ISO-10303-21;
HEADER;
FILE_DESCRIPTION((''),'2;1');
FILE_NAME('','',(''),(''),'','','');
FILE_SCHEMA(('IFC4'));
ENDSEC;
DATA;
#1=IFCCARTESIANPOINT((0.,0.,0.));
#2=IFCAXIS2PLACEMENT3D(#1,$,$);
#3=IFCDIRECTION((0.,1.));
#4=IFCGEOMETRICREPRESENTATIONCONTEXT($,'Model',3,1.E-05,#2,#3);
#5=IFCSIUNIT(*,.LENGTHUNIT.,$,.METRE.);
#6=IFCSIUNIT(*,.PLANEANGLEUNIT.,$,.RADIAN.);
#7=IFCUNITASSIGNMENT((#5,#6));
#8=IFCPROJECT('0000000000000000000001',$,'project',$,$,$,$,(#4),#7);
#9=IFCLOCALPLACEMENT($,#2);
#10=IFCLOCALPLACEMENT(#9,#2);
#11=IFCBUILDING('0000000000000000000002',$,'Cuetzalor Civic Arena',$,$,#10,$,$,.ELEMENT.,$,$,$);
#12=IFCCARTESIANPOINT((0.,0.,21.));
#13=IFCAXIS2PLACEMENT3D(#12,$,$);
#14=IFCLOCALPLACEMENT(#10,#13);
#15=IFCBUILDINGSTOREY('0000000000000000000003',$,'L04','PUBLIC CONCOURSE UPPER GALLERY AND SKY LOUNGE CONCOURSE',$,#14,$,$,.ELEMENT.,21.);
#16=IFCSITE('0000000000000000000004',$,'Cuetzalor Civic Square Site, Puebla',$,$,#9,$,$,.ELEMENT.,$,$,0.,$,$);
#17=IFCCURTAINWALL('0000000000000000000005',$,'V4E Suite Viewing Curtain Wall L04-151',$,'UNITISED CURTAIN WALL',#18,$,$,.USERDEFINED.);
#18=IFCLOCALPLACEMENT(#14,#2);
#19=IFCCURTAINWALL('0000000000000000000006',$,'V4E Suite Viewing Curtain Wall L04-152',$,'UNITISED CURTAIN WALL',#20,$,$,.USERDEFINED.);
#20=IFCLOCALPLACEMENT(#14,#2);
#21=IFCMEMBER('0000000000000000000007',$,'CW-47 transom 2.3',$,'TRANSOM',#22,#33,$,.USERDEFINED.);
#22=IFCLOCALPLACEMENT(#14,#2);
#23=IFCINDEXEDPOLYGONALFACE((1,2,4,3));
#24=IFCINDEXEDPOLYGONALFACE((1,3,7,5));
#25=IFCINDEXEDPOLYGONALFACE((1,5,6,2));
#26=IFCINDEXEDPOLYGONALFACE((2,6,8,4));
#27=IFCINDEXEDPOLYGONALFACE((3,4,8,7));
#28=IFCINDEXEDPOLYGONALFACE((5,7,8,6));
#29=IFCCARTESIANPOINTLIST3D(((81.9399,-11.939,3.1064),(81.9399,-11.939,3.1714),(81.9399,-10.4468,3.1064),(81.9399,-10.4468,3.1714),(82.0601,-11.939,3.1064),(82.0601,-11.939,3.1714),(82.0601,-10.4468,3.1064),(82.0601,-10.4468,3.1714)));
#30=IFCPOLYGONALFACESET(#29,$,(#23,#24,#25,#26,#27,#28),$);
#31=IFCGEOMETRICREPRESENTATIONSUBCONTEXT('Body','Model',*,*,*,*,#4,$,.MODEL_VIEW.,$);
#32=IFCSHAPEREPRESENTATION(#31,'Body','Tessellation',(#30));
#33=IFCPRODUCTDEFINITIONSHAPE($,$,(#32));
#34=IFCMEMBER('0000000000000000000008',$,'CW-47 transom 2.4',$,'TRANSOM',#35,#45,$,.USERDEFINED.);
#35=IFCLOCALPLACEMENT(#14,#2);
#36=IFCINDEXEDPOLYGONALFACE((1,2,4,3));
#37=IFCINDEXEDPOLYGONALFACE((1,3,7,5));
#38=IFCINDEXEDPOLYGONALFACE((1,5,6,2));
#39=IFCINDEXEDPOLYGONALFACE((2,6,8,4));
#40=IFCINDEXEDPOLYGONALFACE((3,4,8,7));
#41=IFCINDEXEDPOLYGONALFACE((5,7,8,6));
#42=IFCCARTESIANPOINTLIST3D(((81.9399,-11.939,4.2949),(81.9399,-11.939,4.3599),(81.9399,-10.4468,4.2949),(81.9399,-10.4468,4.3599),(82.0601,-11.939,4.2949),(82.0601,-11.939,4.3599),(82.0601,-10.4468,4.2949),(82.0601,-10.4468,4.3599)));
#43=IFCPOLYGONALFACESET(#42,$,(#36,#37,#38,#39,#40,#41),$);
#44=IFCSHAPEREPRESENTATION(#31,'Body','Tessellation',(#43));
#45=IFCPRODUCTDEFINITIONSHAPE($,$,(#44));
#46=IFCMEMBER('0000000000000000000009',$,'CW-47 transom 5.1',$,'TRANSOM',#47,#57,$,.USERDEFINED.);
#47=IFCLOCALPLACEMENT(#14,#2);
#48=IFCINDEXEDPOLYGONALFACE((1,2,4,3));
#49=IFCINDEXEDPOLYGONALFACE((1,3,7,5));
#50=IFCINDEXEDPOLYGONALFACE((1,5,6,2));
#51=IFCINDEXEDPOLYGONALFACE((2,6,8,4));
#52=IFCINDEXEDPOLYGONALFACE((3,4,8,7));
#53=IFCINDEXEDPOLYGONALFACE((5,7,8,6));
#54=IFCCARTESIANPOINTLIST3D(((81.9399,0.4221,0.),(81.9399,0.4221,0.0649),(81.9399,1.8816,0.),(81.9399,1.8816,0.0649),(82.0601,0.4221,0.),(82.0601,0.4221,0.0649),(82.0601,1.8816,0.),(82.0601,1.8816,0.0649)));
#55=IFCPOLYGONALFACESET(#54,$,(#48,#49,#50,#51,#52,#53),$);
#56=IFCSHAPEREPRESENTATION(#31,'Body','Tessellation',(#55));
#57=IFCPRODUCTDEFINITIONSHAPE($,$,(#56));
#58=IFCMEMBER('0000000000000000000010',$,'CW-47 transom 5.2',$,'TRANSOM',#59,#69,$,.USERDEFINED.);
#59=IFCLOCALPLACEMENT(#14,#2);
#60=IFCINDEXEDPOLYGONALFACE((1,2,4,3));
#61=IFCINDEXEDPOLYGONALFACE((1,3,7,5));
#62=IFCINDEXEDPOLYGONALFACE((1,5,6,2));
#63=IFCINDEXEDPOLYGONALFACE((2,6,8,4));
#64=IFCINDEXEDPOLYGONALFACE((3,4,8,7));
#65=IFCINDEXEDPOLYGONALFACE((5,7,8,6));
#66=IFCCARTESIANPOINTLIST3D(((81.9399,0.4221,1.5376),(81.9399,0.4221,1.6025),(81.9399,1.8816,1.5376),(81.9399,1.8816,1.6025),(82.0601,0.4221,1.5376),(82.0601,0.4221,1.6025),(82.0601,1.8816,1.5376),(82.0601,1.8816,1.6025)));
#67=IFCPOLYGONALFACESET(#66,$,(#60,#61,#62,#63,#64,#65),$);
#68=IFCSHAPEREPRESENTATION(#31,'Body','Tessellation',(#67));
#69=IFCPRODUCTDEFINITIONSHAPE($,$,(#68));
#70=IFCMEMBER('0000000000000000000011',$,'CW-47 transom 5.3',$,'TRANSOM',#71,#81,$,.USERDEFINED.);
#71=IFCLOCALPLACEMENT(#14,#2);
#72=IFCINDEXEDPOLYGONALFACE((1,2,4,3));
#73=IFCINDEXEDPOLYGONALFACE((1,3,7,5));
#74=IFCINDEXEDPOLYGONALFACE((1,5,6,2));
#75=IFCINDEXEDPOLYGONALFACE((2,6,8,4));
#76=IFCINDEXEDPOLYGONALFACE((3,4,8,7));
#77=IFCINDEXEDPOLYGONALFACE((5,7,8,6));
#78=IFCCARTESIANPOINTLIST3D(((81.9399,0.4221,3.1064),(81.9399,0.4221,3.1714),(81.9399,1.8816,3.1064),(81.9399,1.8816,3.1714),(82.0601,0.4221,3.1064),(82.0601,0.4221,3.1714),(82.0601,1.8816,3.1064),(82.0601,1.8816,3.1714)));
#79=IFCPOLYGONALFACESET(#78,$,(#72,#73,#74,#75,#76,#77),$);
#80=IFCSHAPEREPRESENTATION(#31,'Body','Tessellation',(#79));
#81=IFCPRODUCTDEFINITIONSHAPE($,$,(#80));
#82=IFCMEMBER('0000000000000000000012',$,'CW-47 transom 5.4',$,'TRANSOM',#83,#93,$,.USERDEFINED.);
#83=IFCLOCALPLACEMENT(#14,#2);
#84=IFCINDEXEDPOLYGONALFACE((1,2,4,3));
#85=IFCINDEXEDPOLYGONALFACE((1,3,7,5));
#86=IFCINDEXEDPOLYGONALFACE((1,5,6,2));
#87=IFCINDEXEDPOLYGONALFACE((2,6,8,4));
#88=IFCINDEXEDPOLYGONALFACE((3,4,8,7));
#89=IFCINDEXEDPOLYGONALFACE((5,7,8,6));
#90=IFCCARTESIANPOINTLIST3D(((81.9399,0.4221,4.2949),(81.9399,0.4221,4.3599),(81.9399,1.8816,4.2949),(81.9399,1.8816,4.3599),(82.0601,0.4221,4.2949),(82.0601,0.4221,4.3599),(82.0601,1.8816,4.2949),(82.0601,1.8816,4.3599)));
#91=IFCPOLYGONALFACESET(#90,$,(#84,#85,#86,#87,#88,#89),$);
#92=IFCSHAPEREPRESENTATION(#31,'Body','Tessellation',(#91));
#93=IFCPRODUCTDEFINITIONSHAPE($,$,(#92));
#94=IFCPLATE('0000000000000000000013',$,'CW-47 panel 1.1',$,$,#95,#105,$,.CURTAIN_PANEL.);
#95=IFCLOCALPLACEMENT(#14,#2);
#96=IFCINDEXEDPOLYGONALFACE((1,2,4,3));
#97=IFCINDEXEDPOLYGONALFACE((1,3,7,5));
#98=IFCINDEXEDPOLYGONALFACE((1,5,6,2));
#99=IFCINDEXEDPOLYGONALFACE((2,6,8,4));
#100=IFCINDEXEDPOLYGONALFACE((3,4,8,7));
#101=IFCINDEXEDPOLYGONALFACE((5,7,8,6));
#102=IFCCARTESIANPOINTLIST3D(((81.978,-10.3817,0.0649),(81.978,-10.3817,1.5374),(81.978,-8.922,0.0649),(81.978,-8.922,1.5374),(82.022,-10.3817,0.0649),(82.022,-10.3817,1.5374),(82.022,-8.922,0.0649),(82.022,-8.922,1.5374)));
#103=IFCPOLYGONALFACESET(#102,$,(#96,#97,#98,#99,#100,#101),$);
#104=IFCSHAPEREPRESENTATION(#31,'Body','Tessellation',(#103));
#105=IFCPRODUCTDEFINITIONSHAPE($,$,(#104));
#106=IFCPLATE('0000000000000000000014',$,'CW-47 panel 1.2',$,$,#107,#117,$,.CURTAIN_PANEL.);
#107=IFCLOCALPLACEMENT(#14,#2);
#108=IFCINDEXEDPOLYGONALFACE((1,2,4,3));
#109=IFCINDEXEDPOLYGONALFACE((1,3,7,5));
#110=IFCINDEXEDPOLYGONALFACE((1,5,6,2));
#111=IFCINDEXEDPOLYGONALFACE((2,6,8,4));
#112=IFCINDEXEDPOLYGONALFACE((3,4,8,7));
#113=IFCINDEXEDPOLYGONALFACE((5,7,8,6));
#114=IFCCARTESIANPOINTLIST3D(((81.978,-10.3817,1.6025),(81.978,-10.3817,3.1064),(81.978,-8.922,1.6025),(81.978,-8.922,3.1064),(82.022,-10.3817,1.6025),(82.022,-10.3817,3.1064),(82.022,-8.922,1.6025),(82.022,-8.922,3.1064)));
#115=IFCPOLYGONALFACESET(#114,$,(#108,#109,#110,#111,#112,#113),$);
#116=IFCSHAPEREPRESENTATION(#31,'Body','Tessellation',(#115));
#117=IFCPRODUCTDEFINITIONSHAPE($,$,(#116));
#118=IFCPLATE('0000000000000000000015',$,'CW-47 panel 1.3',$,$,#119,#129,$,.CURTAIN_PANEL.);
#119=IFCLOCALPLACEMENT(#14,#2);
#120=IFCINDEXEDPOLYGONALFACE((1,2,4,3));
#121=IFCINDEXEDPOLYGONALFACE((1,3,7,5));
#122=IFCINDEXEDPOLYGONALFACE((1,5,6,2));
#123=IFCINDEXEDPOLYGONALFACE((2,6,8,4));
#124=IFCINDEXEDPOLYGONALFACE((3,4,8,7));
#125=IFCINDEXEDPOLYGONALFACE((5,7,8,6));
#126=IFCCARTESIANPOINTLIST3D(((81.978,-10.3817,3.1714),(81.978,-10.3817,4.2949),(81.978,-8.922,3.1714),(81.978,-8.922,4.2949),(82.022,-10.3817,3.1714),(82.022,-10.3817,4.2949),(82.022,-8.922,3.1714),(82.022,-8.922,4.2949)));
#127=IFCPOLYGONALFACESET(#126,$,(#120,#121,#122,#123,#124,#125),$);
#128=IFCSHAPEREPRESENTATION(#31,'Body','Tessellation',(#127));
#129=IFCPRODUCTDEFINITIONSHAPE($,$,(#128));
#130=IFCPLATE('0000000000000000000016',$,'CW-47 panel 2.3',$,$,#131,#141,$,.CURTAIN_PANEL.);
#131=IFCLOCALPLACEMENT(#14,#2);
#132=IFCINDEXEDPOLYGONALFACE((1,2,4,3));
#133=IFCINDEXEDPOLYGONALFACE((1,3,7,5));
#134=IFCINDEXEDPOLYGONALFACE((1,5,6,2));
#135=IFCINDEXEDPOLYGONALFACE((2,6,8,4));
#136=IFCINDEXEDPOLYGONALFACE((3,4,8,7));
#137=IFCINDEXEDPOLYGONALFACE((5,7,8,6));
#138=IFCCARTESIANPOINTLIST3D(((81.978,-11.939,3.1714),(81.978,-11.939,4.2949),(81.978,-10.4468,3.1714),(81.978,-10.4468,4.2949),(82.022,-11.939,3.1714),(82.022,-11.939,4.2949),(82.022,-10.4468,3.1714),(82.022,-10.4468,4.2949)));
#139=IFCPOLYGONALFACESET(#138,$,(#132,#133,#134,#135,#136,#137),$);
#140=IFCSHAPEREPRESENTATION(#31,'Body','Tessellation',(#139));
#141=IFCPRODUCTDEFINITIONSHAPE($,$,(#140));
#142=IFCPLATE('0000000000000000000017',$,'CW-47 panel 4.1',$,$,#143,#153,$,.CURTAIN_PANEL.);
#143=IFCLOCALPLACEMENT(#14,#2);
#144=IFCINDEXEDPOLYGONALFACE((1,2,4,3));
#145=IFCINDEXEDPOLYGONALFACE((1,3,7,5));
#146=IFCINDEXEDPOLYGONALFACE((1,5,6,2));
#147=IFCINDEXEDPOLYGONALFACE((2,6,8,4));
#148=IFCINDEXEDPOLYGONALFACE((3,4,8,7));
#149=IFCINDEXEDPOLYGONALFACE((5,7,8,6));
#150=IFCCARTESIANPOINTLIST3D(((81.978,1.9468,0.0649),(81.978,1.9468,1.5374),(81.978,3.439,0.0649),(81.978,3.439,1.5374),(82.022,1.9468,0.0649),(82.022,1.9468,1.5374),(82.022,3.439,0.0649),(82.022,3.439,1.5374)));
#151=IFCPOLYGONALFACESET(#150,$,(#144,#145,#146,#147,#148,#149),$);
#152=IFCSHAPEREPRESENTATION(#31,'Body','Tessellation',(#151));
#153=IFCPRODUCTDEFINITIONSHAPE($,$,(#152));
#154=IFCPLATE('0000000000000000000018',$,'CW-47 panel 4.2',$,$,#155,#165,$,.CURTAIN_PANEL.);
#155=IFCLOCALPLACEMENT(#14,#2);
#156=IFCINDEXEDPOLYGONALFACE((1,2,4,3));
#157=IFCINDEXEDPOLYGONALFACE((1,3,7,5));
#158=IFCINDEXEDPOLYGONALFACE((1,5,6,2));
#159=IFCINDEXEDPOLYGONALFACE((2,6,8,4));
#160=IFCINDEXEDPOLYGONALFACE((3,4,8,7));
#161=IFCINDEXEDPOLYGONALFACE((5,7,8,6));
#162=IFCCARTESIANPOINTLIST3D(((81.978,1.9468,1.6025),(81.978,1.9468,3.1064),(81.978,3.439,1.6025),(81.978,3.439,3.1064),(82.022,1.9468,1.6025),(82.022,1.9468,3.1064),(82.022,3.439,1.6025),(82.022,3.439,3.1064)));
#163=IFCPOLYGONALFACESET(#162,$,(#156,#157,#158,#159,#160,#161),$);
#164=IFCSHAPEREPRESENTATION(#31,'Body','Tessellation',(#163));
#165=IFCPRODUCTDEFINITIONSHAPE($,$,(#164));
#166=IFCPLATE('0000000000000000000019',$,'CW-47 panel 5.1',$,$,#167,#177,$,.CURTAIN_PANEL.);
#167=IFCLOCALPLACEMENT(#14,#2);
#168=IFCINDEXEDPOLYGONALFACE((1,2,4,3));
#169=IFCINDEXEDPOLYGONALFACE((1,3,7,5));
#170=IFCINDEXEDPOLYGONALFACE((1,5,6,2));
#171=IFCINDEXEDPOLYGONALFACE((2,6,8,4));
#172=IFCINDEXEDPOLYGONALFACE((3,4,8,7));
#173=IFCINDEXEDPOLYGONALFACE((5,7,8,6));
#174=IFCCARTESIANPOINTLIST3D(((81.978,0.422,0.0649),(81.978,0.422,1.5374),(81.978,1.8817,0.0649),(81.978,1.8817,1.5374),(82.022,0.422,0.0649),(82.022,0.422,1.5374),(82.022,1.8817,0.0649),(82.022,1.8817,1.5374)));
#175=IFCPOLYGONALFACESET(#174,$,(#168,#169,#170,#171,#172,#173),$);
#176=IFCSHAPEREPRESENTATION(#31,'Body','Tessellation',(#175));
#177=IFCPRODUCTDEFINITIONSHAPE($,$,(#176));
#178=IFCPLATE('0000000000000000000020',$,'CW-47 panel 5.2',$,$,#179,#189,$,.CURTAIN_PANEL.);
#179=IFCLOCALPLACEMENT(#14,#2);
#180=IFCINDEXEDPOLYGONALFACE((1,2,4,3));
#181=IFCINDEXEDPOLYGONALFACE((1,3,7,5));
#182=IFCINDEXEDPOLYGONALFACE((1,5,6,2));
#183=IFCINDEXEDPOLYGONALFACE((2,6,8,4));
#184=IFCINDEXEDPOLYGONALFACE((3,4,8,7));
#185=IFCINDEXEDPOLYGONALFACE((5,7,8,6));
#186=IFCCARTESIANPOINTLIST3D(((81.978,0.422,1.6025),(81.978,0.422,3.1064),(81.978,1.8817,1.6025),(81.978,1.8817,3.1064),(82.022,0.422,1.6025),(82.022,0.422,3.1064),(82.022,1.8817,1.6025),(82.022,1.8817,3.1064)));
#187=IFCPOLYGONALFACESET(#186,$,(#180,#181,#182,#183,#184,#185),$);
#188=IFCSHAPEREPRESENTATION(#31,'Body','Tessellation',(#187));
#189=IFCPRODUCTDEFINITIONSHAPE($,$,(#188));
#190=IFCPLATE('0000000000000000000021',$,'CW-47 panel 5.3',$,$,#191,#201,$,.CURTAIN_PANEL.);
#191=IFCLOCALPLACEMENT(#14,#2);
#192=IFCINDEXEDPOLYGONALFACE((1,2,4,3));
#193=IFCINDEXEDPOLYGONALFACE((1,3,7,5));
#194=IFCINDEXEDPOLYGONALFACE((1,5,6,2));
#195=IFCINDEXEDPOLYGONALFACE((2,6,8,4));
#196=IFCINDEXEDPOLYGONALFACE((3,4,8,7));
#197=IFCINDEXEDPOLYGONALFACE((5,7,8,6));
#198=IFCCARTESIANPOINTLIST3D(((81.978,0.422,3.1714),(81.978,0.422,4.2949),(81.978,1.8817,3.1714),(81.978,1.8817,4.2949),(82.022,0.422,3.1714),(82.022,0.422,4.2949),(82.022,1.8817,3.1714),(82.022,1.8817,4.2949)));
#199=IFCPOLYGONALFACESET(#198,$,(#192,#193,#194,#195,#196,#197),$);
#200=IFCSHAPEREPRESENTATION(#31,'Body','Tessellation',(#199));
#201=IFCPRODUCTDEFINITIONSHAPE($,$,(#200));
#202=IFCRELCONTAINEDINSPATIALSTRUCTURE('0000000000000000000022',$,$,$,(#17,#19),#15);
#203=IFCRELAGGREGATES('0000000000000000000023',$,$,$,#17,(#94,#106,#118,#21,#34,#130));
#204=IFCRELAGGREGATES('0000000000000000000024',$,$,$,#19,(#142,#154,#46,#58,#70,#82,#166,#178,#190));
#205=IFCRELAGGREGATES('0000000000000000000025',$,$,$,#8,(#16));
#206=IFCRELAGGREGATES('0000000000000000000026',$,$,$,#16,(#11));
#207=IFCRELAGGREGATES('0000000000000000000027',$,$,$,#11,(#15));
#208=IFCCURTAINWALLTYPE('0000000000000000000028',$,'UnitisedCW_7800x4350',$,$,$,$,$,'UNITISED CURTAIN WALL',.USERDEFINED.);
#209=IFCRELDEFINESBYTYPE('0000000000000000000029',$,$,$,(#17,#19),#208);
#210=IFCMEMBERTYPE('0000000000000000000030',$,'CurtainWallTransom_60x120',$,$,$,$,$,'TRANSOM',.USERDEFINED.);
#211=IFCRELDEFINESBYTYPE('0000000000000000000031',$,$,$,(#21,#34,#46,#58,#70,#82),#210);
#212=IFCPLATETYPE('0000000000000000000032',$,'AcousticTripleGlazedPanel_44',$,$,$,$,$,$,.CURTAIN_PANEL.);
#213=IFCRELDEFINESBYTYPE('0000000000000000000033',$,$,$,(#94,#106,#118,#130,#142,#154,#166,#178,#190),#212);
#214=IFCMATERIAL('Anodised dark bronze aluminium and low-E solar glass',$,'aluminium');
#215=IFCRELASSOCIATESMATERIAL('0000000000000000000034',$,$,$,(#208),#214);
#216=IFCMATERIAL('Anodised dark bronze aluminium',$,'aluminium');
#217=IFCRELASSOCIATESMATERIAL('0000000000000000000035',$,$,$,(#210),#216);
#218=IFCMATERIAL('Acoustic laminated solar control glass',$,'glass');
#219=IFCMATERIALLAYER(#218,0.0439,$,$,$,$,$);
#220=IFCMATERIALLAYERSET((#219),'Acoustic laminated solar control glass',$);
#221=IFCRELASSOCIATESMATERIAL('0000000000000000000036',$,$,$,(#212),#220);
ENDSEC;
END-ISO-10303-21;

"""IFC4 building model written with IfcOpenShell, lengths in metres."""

from ifc_helpers import new_model, si_unit, direction, frame, origin, origin_2d, place, context, subcontext, project, spatial, rectangle, extrude, material, layer, layer_set, material_profile, profile_set, type_object, element, aggregate, save


model = new_model("IFC4")

# Units and contexts
model_context = context("Model", 3, precision=1e-05, world=origin(), true_north=direction((0.0, 1.0)))
body_context = subcontext(model_context, "Body", "Model", "MODEL_VIEW")
ifc_project = project(units=[si_unit("LENGTHUNIT", "METRE"), si_unit("PLANEANGLEUNIT", "RADIAN")], contexts=[model_context])

# Site, building, storey
site_placement = place(None, origin())
site = spatial("IfcSite", under=ifc_project, at=site_placement, Name="Cuetzalor Civic Square Site, Puebla", CompositionType="ELEMENT", RefElevation=0.0)
building_placement = place(site_placement, origin())
building = spatial("IfcBuilding", under=site, at=building_placement, Name="Cuetzalor Civic Arena", CompositionType="ELEMENT")
storey_placement = place(building_placement, frame((0.0, 0.0, 21.0)))
storey = spatial("IfcBuildingStorey", under=building, at=storey_placement, Name="L04", Description="PUBLIC CONCOURSE UPPER GALLERY AND SKY LOUNGE CONCOURSE", CompositionType="ELEMENT", Elevation=21.0)

# Curtain walls
ifc_material_1 = material(Name="Anodised dark bronze aluminium and low-E solar glass", Category="aluminium")
curtain_wall_type = type_object("IfcCurtainWallType", Name="UnitisedCW_7800x4350", ElementType="UNITISED CURTAIN WALL", PredefinedType="USERDEFINED", material=ifc_material_1)
curtain_wall_1_placement = place(storey_placement, origin())
curtain_wall_1 = element("IfcCurtainWall", 1, at=curtain_wall_1_placement, inside=storey, type_object=curtain_wall_type, Name="V4E Suite Viewing Curtain Wall L04-151", ObjectType="UNITISED CURTAIN WALL", PredefinedType="USERDEFINED")
curtain_wall_2_placement = place(storey_placement, origin())
curtain_wall_2 = element("IfcCurtainWall", 2, at=curtain_wall_2_placement, inside=storey, type_object=curtain_wall_type, Name="V4E Suite Viewing Curtain Wall L04-152", ObjectType="UNITISED CURTAIN WALL", PredefinedType="USERDEFINED")

# Members
ifc_material_2 = material(Name="Anodised dark bronze aluminium", Category="aluminium")
ifc_material_profile_1 = material_profile(ifc_material_2, rectangle(XDim=0.1201, YDim=0.0649, at=origin_2d()), Name="ALU TRANSOM 65x120")
ifc_profile_set_1 = profile_set([ifc_material_profile_1], Name="Anodised dark bronze aluminium")
member_type_1 = type_object("IfcMemberType", Name="CurtainWallTransom_60x120", ElementType="TRANSOM", PredefinedType="USERDEFINED", material=ifc_profile_set_1)
member_1_placement = place(storey_placement, frame((82.0, -10.4468, 3.1389), z_axis=(0.0, -1.0, 0.0), x_axis=(1.0, 0.0, 0.0)))
member_1 = element("IfcMember", 3, at=member_1_placement, type_object=member_type_1, Name="CW-47 transom 2.3", ObjectType="TRANSOM", PredefinedType="USERDEFINED", context=body_context, shape_type="SweptSolid", body=[
    extrude(rectangle(XDim=0.1201, YDim=0.0649, at=origin_2d()), origin(), (0.0, 0.0, 1.0), 1.4922),
])
member_2_placement = place(storey_placement, frame((82.0, -10.4468, 4.3274), z_axis=(0.0, -1.0, 0.0), x_axis=(1.0, 0.0, 0.0)))
member_2 = element("IfcMember", 4, at=member_2_placement, type_object=member_type_1, Name="CW-47 transom 2.4", ObjectType="TRANSOM", PredefinedType="USERDEFINED", context=body_context, shape_type="SweptSolid", body=[
    extrude(rectangle(XDim=0.1201, YDim=0.0649, at=origin_2d()), origin(), (0.0, 0.0, 1.0), 1.4922),
])
member_3_placement = place(storey_placement, frame((82.0, 1.8816, 0.0325), z_axis=(0.0, -1.0, 0.0), x_axis=(1.0, 0.0, 0.0)))
member_3 = element("IfcMember", 5, at=member_3_placement, type_object=member_type_1, Name="CW-47 transom 5.1", ObjectType="TRANSOM", PredefinedType="USERDEFINED", context=body_context, shape_type="SweptSolid", body=[
    extrude(rectangle(XDim=0.1201, YDim=0.0649, at=origin_2d()), origin(), (0.0, 0.0, 1.0), 1.4595),
])
member_4_placement = place(storey_placement, frame((82.0, 1.8816, 1.5701), z_axis=(0.0, -1.0, 0.0), x_axis=(1.0, 0.0, 0.0)))
member_4 = element("IfcMember", 6, at=member_4_placement, type_object=member_type_1, Name="CW-47 transom 5.2", ObjectType="TRANSOM", PredefinedType="USERDEFINED", context=body_context, shape_type="SweptSolid", body=[
    extrude(rectangle(XDim=0.1201, YDim=0.0649, at=origin_2d()), origin(), (0.0, 0.0, 1.0), 1.4595),
])
member_5_placement = place(storey_placement, frame((82.0, 1.8816, 3.1389), z_axis=(0.0, -1.0, 0.0), x_axis=(1.0, 0.0, 0.0)))
member_5 = element("IfcMember", 7, at=member_5_placement, type_object=member_type_1, Name="CW-47 transom 5.3", ObjectType="TRANSOM", PredefinedType="USERDEFINED", context=body_context, shape_type="SweptSolid", body=[
    extrude(rectangle(XDim=0.1201, YDim=0.0649, at=origin_2d()), origin(), (0.0, 0.0, 1.0), 1.4595),
])
member_6_placement = place(storey_placement, frame((82.0, 1.8816, 4.3274), z_axis=(0.0, -1.0, 0.0), x_axis=(1.0, 0.0, 0.0)))
member_6 = element("IfcMember", 8, at=member_6_placement, type_object=member_type_1, Name="CW-47 transom 5.4", ObjectType="TRANSOM", PredefinedType="USERDEFINED", context=body_context, shape_type="SweptSolid", body=[
    extrude(rectangle(XDim=0.1201, YDim=0.0649, at=origin_2d()), origin(), (0.0, 0.0, 1.0), 1.4595),
])

# Plates
ifc_material_3 = material(Name="Acoustic laminated solar control glass", Category="glass")
ifc_layer_1 = layer(ifc_material_3, 0.0439)
ifc_layer_set_1 = layer_set([ifc_layer_1], Name="Acoustic laminated solar control glass")
plate_type = type_object("IfcPlateType", Name="AcousticTripleGlazedPanel_44", PredefinedType="CURTAIN_PANEL", material=ifc_layer_set_1)
plate_1_placement = place(storey_placement, frame((82.0, -9.6519, 0.0649), z_axis=(0.0, 0.0, 1.0), x_axis=(0.0, -1.0, 0.0)))
plate_1 = element("IfcPlate", 9, at=plate_1_placement, type_object=plate_type, Name="CW-47 panel 1.1", PredefinedType="CURTAIN_PANEL", context=body_context, shape_type="SweptSolid", body=[
    extrude(rectangle(XDim=1.4597, YDim=0.0439, at=origin_2d()), origin(), (0.0, 0.0, 1.0), 1.4724),
])
plate_2_placement = place(storey_placement, frame((82.0, -9.6519, 1.6025), z_axis=(0.0, 0.0, 1.0), x_axis=(0.0, -1.0, 0.0)))
plate_2 = element("IfcPlate", 10, at=plate_2_placement, type_object=plate_type, Name="CW-47 panel 1.2", PredefinedType="CURTAIN_PANEL", context=body_context, shape_type="SweptSolid", body=[
    extrude(rectangle(XDim=1.4597, YDim=0.0439, at=origin_2d()), origin(), (0.0, 0.0, 1.0), 1.5039),
])
plate_3_placement = place(storey_placement, frame((82.0, -9.6519, 3.1714), z_axis=(0.0, 0.0, 1.0), x_axis=(0.0, -1.0, 0.0)))
plate_3 = element("IfcPlate", 11, at=plate_3_placement, type_object=plate_type, Name="CW-47 panel 1.3", PredefinedType="CURTAIN_PANEL", context=body_context, shape_type="SweptSolid", body=[
    extrude(rectangle(XDim=1.4597, YDim=0.0439, at=origin_2d()), origin(), (0.0, 0.0, 1.0), 1.1235),
])
plate_4_placement = place(storey_placement, frame((82.0, -11.1929, 3.1714), z_axis=(0.0, 0.0, 1.0), x_axis=(0.0, -1.0, 0.0)))
plate_4 = element("IfcPlate", 12, at=plate_4_placement, type_object=plate_type, Name="CW-47 panel 2.3", PredefinedType="CURTAIN_PANEL", context=body_context, shape_type="SweptSolid", body=[
    extrude(rectangle(XDim=1.4922, YDim=0.0439, at=origin_2d()), origin(), (0.0, 0.0, 1.0), 1.1235),
])
aggregate(curtain_wall_1, [plate_1, plate_2, plate_3, member_1, member_2, plate_4])
plate_5_placement = place(storey_placement, frame((82.0, 2.6929, 0.0649), z_axis=(0.0, 0.0, 1.0), x_axis=(0.0, -1.0, 0.0)))
plate_5 = element("IfcPlate", 13, at=plate_5_placement, type_object=plate_type, Name="CW-47 panel 4.1", PredefinedType="CURTAIN_PANEL", context=body_context, shape_type="SweptSolid", body=[
    extrude(rectangle(XDim=1.4922, YDim=0.0439, at=origin_2d()), origin(), (0.0, 0.0, 1.0), 1.4724),
])
plate_6_placement = place(storey_placement, frame((82.0, 2.6929, 1.6025), z_axis=(0.0, 0.0, 1.0), x_axis=(0.0, -1.0, 0.0)))
plate_6 = element("IfcPlate", 14, at=plate_6_placement, type_object=plate_type, Name="CW-47 panel 4.2", PredefinedType="CURTAIN_PANEL", context=body_context, shape_type="SweptSolid", body=[
    extrude(rectangle(XDim=1.4922, YDim=0.0439, at=origin_2d()), origin(), (0.0, 0.0, 1.0), 1.5039),
])
plate_7_placement = place(storey_placement, frame((82.0, 1.1519, 0.0649), z_axis=(0.0, 0.0, 1.0), x_axis=(0.0, -1.0, 0.0)))
plate_7 = element("IfcPlate", 15, at=plate_7_placement, type_object=plate_type, Name="CW-47 panel 5.1", PredefinedType="CURTAIN_PANEL", context=body_context, shape_type="SweptSolid", body=[
    extrude(rectangle(XDim=1.4597, YDim=0.0439, at=origin_2d()), origin(), (0.0, 0.0, 1.0), 1.4724),
])
plate_8_placement = place(storey_placement, frame((82.0, 1.1519, 1.6025), z_axis=(0.0, 0.0, 1.0), x_axis=(0.0, -1.0, 0.0)))
plate_8 = element("IfcPlate", 16, at=plate_8_placement, type_object=plate_type, Name="CW-47 panel 5.2", PredefinedType="CURTAIN_PANEL", context=body_context, shape_type="SweptSolid", body=[
    extrude(rectangle(XDim=1.4597, YDim=0.0439, at=origin_2d()), origin(), (0.0, 0.0, 1.0), 1.5039),
])
plate_9_placement = place(storey_placement, frame((82.0, 1.1519, 3.1714), z_axis=(0.0, 0.0, 1.0), x_axis=(0.0, -1.0, 0.0)))
plate_9 = element("IfcPlate", 17, at=plate_9_placement, type_object=plate_type, Name="CW-47 panel 5.3", PredefinedType="CURTAIN_PANEL", context=body_context, shape_type="SweptSolid", body=[
    extrude(rectangle(XDim=1.4597, YDim=0.0439, at=origin_2d()), origin(), (0.0, 0.0, 1.0), 1.1235),
])
aggregate(curtain_wall_2, [plate_5, plate_6, member_3, member_4, member_5, member_6, plate_7, plate_8, plate_9])

save(model, "model.ifc")
